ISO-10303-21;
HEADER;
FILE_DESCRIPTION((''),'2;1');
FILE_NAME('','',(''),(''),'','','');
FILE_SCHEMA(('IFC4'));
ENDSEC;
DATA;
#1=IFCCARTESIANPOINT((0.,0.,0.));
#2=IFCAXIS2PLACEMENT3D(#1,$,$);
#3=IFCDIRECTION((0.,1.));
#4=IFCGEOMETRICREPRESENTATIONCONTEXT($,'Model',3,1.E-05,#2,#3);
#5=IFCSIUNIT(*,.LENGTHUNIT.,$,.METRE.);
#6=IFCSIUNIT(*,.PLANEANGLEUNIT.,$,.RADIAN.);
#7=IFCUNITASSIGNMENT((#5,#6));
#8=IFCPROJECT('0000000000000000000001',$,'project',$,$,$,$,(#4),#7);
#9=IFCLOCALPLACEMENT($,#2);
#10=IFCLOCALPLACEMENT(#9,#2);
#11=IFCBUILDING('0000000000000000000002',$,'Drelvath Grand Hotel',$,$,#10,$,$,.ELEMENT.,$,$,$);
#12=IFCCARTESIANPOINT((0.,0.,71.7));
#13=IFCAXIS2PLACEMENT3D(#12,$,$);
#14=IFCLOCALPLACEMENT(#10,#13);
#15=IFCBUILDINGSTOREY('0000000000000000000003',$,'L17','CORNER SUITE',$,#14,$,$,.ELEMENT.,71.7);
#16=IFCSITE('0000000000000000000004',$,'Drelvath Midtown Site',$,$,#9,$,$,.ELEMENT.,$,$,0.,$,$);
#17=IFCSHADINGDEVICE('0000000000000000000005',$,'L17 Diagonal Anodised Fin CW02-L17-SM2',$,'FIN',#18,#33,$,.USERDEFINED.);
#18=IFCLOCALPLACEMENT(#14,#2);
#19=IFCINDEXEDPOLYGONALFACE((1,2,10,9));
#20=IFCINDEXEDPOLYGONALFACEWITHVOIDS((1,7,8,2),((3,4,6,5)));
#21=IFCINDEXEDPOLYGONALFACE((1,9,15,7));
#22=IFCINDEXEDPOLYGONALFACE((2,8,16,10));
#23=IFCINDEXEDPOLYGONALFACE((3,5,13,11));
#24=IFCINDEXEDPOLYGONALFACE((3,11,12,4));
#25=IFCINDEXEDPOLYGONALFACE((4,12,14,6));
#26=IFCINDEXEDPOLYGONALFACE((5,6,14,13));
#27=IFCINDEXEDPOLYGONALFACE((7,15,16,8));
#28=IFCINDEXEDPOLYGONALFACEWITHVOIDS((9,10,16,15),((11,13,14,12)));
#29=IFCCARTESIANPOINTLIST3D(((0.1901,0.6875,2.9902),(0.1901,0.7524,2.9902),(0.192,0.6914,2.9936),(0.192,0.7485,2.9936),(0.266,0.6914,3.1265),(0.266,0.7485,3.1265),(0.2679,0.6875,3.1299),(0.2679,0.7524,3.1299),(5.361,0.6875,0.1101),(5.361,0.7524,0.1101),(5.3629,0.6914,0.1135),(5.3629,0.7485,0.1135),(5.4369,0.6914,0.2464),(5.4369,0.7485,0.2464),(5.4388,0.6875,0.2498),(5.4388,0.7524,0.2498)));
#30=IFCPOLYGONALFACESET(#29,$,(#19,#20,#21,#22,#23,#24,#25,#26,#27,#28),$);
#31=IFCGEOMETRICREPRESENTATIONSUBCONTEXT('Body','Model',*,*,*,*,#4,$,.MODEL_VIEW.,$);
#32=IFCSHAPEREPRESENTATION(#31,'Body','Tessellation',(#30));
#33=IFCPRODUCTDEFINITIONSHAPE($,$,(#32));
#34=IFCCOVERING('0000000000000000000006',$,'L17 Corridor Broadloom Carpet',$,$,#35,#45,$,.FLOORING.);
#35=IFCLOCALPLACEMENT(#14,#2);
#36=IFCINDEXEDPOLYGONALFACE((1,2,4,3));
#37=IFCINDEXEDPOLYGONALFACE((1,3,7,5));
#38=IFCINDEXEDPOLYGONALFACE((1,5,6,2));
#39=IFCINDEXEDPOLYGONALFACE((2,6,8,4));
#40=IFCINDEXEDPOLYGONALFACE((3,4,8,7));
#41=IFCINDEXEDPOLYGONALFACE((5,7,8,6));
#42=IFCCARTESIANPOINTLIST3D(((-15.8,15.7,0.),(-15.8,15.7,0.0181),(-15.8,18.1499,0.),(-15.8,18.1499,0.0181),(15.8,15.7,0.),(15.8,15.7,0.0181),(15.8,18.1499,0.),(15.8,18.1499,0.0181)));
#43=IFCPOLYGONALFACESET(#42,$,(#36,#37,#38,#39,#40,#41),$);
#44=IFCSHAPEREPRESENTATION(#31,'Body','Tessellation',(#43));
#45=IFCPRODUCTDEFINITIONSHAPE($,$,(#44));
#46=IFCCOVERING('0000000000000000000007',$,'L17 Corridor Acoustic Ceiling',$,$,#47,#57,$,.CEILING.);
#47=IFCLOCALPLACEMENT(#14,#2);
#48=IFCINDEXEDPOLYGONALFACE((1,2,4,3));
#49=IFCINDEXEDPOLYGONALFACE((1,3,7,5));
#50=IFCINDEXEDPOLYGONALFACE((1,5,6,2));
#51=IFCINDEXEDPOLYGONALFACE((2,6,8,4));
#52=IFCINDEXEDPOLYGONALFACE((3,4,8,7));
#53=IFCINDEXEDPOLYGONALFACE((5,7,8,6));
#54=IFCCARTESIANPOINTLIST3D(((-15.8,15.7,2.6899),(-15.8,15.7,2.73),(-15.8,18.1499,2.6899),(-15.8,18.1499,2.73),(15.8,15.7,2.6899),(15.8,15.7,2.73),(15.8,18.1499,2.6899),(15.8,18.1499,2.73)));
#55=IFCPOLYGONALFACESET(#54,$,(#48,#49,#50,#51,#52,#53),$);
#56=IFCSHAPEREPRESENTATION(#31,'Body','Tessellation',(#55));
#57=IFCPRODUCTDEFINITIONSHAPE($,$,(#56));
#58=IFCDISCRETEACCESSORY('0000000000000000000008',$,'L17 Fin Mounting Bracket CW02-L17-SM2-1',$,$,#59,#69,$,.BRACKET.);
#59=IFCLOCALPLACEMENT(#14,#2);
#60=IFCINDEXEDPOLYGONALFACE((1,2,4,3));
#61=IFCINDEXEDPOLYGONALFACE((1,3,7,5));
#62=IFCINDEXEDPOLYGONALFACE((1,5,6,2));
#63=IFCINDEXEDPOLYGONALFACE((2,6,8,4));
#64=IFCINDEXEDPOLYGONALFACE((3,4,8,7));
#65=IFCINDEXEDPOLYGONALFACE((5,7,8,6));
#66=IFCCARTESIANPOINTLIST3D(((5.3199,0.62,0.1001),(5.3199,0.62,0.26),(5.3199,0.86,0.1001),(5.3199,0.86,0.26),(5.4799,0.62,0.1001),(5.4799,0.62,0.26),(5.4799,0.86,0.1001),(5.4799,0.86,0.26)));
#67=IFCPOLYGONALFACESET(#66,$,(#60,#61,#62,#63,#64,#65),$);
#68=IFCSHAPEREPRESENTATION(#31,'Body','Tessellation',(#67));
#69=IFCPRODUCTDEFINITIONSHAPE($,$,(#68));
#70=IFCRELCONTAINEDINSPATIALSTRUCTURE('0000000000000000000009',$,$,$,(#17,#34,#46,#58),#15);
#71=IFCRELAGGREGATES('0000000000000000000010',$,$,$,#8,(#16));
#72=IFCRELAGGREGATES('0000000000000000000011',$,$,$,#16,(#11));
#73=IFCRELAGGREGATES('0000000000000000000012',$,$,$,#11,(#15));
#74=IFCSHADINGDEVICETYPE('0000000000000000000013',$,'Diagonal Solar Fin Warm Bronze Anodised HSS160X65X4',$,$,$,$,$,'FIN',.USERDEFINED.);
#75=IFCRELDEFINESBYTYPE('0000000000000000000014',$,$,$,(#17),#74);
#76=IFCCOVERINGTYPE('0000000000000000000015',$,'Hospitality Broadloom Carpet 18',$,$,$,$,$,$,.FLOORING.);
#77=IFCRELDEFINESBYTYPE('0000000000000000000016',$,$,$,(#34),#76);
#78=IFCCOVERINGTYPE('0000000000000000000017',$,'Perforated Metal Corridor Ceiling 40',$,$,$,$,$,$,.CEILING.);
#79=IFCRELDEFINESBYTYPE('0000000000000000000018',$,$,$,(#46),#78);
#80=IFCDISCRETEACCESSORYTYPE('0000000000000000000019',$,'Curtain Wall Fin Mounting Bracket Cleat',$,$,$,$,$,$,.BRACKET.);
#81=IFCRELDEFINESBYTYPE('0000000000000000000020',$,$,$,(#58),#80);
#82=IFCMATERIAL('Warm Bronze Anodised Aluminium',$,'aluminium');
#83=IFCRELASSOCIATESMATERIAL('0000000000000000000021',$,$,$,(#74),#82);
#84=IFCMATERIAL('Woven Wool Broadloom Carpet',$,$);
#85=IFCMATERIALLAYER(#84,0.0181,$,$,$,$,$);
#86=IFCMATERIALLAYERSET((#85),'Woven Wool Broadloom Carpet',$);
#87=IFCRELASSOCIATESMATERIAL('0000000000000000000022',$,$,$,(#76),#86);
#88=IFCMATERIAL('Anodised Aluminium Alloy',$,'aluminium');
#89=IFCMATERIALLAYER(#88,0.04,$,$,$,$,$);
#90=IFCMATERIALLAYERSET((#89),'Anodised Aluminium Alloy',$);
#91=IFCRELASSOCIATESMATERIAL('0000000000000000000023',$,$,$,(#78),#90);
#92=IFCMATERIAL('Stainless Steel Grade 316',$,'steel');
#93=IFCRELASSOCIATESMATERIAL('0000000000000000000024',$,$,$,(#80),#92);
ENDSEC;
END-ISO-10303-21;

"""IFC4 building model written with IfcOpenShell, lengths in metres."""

from ifc_helpers import new_model, si_unit, direction, frame, origin, origin_2d, place, context, subcontext, project, spatial, polyline, rectangle, hollow_rectangle, outline, extrude, material, layer, layer_set, material_profile, profile_set, type_object, element, save


model = new_model("IFC4")

# Units and contexts
model_context = context("Model", 3, precision=1e-05, world=origin(), true_north=direction((0.0, 1.0)))
body_context = subcontext(model_context, "Body", "Model", "MODEL_VIEW")
ifc_project = project(units=[si_unit("LENGTHUNIT", "METRE"), si_unit("PLANEANGLEUNIT", "RADIAN")], contexts=[model_context])

# Site, building, storey
site_placement = place(None, origin())
site = spatial("IfcSite", under=ifc_project, at=site_placement, Name="Drelvath Midtown Site", CompositionType="ELEMENT", RefElevation=0.0)
building_placement = place(site_placement, origin())
building = spatial("IfcBuilding", under=site, at=building_placement, Name="Drelvath Grand Hotel", CompositionType="ELEMENT")
storey_placement = place(building_placement, frame((0.0, 0.0, 71.7)))
storey = spatial("IfcBuildingStorey", under=building, at=storey_placement, Name="L17", Description="CORNER SUITE", CompositionType="ELEMENT", Elevation=71.7)

# Shading device
ifc_material_1 = material(Name="Warm Bronze Anodised Aluminium", Category="aluminium")
ifc_material_profile_1 = material_profile(ifc_material_1, hollow_rectangle(XDim=0.0649, YDim=0.1599, WallThickness=0.0039, at=origin_2d()), Name="HSS160X65X4")
ifc_profile_set_1 = profile_set([ifc_material_profile_1], Name="Warm Bronze Anodised Aluminium")
shading_device_type = type_object("IfcShadingDeviceType", Name="Diagonal Solar Fin Warm Bronze Anodised HSS160X65X4", ElementType="FIN", PredefinedType="USERDEFINED", material=ifc_profile_set_1)
shading_device_placement = place(storey_placement, frame((5.3999, 0.72, 0.1799), z_axis=(-0.873626, 0.0, 0.486599), x_axis=(0.0, -1.0, 0.0)))
element("IfcShadingDevice", 1, at=shading_device_placement, inside=storey, type_object=shading_device_type, Name="L17 Diagonal Anodised Fin CW02-L17-SM2", ObjectType="FIN", PredefinedType="USERDEFINED", context=body_context, shape_type="SweptSolid", body=[
    extrude(hollow_rectangle(XDim=0.0649, YDim=0.1599, WallThickness=0.0039, at=origin_2d()), origin(), (0.0, 0.0, 1.0), 5.9189),
])

# Coverings
ifc_material_2 = material(Name="Woven Wool Broadloom Carpet")
ifc_layer_1 = layer(ifc_material_2, 0.0181)
ifc_layer_set_1 = layer_set([ifc_layer_1], Name="Woven Wool Broadloom Carpet")
covering_type_1 = type_object("IfcCoveringType", Name="Hospitality Broadloom Carpet 18", PredefinedType="FLOORING", material=ifc_layer_set_1)
covering_1_placement = place(storey_placement, origin())
element("IfcCovering", 2, at=covering_1_placement, inside=storey, type_object=covering_type_1, Name="L17 Corridor Broadloom Carpet", PredefinedType="FLOORING", context=body_context, shape_type="SweptSolid", body=[
    extrude(outline(polyline([(15.8, 15.7), (15.8, 18.1499), (-15.8, 18.1499), (-15.8, 15.7), (15.8, 15.7)])), origin(), (0.0, 0.0, 1.0), 0.0181),
])
ifc_material_3 = material(Name="Anodised Aluminium Alloy", Category="aluminium")
ifc_layer_2 = layer(ifc_material_3, 0.04)
ifc_layer_set_2 = layer_set([ifc_layer_2], Name="Anodised Aluminium Alloy")
covering_type_2 = type_object("IfcCoveringType", Name="Perforated Metal Corridor Ceiling 40", PredefinedType="CEILING", material=ifc_layer_set_2)
covering_2_placement = place(storey_placement, frame((0.0, 0.0, 2.6899)))
element("IfcCovering", 3, at=covering_2_placement, inside=storey, type_object=covering_type_2, Name="L17 Corridor Acoustic Ceiling", PredefinedType="CEILING", context=body_context, shape_type="SweptSolid", body=[
    extrude(outline(polyline([(15.8, 15.7), (15.8, 18.1499), (-15.8, 18.1499), (-15.8, 15.7), (15.8, 15.7)])), origin(), (0.0, 0.0, 1.0), 0.04),
])

# Discrete accessory
ifc_material_4 = material(Name="Stainless Steel Grade 316", Category="steel")
discrete_accessory_type = type_object("IfcDiscreteAccessoryType", Name="Curtain Wall Fin Mounting Bracket Cleat", PredefinedType="BRACKET", material=ifc_material_4)
discrete_accessory_placement = place(storey_placement, frame((5.3999, 0.74, 0.1001), z_axis=(0.0, 0.0, 1.0), x_axis=(-1.0, 0.0, 0.0)))
element("IfcDiscreteAccessory", 4, at=discrete_accessory_placement, inside=storey, type_object=discrete_accessory_type, Name="L17 Fin Mounting Bracket CW02-L17-SM2-1", PredefinedType="BRACKET", context=body_context, shape_type="SweptSolid", body=[
    extrude(rectangle(XDim=0.1599, YDim=0.24, at=origin_2d()), origin(), (0.0, 0.0, 1.0), 0.1599),
])

save(model, "model.ifc")
